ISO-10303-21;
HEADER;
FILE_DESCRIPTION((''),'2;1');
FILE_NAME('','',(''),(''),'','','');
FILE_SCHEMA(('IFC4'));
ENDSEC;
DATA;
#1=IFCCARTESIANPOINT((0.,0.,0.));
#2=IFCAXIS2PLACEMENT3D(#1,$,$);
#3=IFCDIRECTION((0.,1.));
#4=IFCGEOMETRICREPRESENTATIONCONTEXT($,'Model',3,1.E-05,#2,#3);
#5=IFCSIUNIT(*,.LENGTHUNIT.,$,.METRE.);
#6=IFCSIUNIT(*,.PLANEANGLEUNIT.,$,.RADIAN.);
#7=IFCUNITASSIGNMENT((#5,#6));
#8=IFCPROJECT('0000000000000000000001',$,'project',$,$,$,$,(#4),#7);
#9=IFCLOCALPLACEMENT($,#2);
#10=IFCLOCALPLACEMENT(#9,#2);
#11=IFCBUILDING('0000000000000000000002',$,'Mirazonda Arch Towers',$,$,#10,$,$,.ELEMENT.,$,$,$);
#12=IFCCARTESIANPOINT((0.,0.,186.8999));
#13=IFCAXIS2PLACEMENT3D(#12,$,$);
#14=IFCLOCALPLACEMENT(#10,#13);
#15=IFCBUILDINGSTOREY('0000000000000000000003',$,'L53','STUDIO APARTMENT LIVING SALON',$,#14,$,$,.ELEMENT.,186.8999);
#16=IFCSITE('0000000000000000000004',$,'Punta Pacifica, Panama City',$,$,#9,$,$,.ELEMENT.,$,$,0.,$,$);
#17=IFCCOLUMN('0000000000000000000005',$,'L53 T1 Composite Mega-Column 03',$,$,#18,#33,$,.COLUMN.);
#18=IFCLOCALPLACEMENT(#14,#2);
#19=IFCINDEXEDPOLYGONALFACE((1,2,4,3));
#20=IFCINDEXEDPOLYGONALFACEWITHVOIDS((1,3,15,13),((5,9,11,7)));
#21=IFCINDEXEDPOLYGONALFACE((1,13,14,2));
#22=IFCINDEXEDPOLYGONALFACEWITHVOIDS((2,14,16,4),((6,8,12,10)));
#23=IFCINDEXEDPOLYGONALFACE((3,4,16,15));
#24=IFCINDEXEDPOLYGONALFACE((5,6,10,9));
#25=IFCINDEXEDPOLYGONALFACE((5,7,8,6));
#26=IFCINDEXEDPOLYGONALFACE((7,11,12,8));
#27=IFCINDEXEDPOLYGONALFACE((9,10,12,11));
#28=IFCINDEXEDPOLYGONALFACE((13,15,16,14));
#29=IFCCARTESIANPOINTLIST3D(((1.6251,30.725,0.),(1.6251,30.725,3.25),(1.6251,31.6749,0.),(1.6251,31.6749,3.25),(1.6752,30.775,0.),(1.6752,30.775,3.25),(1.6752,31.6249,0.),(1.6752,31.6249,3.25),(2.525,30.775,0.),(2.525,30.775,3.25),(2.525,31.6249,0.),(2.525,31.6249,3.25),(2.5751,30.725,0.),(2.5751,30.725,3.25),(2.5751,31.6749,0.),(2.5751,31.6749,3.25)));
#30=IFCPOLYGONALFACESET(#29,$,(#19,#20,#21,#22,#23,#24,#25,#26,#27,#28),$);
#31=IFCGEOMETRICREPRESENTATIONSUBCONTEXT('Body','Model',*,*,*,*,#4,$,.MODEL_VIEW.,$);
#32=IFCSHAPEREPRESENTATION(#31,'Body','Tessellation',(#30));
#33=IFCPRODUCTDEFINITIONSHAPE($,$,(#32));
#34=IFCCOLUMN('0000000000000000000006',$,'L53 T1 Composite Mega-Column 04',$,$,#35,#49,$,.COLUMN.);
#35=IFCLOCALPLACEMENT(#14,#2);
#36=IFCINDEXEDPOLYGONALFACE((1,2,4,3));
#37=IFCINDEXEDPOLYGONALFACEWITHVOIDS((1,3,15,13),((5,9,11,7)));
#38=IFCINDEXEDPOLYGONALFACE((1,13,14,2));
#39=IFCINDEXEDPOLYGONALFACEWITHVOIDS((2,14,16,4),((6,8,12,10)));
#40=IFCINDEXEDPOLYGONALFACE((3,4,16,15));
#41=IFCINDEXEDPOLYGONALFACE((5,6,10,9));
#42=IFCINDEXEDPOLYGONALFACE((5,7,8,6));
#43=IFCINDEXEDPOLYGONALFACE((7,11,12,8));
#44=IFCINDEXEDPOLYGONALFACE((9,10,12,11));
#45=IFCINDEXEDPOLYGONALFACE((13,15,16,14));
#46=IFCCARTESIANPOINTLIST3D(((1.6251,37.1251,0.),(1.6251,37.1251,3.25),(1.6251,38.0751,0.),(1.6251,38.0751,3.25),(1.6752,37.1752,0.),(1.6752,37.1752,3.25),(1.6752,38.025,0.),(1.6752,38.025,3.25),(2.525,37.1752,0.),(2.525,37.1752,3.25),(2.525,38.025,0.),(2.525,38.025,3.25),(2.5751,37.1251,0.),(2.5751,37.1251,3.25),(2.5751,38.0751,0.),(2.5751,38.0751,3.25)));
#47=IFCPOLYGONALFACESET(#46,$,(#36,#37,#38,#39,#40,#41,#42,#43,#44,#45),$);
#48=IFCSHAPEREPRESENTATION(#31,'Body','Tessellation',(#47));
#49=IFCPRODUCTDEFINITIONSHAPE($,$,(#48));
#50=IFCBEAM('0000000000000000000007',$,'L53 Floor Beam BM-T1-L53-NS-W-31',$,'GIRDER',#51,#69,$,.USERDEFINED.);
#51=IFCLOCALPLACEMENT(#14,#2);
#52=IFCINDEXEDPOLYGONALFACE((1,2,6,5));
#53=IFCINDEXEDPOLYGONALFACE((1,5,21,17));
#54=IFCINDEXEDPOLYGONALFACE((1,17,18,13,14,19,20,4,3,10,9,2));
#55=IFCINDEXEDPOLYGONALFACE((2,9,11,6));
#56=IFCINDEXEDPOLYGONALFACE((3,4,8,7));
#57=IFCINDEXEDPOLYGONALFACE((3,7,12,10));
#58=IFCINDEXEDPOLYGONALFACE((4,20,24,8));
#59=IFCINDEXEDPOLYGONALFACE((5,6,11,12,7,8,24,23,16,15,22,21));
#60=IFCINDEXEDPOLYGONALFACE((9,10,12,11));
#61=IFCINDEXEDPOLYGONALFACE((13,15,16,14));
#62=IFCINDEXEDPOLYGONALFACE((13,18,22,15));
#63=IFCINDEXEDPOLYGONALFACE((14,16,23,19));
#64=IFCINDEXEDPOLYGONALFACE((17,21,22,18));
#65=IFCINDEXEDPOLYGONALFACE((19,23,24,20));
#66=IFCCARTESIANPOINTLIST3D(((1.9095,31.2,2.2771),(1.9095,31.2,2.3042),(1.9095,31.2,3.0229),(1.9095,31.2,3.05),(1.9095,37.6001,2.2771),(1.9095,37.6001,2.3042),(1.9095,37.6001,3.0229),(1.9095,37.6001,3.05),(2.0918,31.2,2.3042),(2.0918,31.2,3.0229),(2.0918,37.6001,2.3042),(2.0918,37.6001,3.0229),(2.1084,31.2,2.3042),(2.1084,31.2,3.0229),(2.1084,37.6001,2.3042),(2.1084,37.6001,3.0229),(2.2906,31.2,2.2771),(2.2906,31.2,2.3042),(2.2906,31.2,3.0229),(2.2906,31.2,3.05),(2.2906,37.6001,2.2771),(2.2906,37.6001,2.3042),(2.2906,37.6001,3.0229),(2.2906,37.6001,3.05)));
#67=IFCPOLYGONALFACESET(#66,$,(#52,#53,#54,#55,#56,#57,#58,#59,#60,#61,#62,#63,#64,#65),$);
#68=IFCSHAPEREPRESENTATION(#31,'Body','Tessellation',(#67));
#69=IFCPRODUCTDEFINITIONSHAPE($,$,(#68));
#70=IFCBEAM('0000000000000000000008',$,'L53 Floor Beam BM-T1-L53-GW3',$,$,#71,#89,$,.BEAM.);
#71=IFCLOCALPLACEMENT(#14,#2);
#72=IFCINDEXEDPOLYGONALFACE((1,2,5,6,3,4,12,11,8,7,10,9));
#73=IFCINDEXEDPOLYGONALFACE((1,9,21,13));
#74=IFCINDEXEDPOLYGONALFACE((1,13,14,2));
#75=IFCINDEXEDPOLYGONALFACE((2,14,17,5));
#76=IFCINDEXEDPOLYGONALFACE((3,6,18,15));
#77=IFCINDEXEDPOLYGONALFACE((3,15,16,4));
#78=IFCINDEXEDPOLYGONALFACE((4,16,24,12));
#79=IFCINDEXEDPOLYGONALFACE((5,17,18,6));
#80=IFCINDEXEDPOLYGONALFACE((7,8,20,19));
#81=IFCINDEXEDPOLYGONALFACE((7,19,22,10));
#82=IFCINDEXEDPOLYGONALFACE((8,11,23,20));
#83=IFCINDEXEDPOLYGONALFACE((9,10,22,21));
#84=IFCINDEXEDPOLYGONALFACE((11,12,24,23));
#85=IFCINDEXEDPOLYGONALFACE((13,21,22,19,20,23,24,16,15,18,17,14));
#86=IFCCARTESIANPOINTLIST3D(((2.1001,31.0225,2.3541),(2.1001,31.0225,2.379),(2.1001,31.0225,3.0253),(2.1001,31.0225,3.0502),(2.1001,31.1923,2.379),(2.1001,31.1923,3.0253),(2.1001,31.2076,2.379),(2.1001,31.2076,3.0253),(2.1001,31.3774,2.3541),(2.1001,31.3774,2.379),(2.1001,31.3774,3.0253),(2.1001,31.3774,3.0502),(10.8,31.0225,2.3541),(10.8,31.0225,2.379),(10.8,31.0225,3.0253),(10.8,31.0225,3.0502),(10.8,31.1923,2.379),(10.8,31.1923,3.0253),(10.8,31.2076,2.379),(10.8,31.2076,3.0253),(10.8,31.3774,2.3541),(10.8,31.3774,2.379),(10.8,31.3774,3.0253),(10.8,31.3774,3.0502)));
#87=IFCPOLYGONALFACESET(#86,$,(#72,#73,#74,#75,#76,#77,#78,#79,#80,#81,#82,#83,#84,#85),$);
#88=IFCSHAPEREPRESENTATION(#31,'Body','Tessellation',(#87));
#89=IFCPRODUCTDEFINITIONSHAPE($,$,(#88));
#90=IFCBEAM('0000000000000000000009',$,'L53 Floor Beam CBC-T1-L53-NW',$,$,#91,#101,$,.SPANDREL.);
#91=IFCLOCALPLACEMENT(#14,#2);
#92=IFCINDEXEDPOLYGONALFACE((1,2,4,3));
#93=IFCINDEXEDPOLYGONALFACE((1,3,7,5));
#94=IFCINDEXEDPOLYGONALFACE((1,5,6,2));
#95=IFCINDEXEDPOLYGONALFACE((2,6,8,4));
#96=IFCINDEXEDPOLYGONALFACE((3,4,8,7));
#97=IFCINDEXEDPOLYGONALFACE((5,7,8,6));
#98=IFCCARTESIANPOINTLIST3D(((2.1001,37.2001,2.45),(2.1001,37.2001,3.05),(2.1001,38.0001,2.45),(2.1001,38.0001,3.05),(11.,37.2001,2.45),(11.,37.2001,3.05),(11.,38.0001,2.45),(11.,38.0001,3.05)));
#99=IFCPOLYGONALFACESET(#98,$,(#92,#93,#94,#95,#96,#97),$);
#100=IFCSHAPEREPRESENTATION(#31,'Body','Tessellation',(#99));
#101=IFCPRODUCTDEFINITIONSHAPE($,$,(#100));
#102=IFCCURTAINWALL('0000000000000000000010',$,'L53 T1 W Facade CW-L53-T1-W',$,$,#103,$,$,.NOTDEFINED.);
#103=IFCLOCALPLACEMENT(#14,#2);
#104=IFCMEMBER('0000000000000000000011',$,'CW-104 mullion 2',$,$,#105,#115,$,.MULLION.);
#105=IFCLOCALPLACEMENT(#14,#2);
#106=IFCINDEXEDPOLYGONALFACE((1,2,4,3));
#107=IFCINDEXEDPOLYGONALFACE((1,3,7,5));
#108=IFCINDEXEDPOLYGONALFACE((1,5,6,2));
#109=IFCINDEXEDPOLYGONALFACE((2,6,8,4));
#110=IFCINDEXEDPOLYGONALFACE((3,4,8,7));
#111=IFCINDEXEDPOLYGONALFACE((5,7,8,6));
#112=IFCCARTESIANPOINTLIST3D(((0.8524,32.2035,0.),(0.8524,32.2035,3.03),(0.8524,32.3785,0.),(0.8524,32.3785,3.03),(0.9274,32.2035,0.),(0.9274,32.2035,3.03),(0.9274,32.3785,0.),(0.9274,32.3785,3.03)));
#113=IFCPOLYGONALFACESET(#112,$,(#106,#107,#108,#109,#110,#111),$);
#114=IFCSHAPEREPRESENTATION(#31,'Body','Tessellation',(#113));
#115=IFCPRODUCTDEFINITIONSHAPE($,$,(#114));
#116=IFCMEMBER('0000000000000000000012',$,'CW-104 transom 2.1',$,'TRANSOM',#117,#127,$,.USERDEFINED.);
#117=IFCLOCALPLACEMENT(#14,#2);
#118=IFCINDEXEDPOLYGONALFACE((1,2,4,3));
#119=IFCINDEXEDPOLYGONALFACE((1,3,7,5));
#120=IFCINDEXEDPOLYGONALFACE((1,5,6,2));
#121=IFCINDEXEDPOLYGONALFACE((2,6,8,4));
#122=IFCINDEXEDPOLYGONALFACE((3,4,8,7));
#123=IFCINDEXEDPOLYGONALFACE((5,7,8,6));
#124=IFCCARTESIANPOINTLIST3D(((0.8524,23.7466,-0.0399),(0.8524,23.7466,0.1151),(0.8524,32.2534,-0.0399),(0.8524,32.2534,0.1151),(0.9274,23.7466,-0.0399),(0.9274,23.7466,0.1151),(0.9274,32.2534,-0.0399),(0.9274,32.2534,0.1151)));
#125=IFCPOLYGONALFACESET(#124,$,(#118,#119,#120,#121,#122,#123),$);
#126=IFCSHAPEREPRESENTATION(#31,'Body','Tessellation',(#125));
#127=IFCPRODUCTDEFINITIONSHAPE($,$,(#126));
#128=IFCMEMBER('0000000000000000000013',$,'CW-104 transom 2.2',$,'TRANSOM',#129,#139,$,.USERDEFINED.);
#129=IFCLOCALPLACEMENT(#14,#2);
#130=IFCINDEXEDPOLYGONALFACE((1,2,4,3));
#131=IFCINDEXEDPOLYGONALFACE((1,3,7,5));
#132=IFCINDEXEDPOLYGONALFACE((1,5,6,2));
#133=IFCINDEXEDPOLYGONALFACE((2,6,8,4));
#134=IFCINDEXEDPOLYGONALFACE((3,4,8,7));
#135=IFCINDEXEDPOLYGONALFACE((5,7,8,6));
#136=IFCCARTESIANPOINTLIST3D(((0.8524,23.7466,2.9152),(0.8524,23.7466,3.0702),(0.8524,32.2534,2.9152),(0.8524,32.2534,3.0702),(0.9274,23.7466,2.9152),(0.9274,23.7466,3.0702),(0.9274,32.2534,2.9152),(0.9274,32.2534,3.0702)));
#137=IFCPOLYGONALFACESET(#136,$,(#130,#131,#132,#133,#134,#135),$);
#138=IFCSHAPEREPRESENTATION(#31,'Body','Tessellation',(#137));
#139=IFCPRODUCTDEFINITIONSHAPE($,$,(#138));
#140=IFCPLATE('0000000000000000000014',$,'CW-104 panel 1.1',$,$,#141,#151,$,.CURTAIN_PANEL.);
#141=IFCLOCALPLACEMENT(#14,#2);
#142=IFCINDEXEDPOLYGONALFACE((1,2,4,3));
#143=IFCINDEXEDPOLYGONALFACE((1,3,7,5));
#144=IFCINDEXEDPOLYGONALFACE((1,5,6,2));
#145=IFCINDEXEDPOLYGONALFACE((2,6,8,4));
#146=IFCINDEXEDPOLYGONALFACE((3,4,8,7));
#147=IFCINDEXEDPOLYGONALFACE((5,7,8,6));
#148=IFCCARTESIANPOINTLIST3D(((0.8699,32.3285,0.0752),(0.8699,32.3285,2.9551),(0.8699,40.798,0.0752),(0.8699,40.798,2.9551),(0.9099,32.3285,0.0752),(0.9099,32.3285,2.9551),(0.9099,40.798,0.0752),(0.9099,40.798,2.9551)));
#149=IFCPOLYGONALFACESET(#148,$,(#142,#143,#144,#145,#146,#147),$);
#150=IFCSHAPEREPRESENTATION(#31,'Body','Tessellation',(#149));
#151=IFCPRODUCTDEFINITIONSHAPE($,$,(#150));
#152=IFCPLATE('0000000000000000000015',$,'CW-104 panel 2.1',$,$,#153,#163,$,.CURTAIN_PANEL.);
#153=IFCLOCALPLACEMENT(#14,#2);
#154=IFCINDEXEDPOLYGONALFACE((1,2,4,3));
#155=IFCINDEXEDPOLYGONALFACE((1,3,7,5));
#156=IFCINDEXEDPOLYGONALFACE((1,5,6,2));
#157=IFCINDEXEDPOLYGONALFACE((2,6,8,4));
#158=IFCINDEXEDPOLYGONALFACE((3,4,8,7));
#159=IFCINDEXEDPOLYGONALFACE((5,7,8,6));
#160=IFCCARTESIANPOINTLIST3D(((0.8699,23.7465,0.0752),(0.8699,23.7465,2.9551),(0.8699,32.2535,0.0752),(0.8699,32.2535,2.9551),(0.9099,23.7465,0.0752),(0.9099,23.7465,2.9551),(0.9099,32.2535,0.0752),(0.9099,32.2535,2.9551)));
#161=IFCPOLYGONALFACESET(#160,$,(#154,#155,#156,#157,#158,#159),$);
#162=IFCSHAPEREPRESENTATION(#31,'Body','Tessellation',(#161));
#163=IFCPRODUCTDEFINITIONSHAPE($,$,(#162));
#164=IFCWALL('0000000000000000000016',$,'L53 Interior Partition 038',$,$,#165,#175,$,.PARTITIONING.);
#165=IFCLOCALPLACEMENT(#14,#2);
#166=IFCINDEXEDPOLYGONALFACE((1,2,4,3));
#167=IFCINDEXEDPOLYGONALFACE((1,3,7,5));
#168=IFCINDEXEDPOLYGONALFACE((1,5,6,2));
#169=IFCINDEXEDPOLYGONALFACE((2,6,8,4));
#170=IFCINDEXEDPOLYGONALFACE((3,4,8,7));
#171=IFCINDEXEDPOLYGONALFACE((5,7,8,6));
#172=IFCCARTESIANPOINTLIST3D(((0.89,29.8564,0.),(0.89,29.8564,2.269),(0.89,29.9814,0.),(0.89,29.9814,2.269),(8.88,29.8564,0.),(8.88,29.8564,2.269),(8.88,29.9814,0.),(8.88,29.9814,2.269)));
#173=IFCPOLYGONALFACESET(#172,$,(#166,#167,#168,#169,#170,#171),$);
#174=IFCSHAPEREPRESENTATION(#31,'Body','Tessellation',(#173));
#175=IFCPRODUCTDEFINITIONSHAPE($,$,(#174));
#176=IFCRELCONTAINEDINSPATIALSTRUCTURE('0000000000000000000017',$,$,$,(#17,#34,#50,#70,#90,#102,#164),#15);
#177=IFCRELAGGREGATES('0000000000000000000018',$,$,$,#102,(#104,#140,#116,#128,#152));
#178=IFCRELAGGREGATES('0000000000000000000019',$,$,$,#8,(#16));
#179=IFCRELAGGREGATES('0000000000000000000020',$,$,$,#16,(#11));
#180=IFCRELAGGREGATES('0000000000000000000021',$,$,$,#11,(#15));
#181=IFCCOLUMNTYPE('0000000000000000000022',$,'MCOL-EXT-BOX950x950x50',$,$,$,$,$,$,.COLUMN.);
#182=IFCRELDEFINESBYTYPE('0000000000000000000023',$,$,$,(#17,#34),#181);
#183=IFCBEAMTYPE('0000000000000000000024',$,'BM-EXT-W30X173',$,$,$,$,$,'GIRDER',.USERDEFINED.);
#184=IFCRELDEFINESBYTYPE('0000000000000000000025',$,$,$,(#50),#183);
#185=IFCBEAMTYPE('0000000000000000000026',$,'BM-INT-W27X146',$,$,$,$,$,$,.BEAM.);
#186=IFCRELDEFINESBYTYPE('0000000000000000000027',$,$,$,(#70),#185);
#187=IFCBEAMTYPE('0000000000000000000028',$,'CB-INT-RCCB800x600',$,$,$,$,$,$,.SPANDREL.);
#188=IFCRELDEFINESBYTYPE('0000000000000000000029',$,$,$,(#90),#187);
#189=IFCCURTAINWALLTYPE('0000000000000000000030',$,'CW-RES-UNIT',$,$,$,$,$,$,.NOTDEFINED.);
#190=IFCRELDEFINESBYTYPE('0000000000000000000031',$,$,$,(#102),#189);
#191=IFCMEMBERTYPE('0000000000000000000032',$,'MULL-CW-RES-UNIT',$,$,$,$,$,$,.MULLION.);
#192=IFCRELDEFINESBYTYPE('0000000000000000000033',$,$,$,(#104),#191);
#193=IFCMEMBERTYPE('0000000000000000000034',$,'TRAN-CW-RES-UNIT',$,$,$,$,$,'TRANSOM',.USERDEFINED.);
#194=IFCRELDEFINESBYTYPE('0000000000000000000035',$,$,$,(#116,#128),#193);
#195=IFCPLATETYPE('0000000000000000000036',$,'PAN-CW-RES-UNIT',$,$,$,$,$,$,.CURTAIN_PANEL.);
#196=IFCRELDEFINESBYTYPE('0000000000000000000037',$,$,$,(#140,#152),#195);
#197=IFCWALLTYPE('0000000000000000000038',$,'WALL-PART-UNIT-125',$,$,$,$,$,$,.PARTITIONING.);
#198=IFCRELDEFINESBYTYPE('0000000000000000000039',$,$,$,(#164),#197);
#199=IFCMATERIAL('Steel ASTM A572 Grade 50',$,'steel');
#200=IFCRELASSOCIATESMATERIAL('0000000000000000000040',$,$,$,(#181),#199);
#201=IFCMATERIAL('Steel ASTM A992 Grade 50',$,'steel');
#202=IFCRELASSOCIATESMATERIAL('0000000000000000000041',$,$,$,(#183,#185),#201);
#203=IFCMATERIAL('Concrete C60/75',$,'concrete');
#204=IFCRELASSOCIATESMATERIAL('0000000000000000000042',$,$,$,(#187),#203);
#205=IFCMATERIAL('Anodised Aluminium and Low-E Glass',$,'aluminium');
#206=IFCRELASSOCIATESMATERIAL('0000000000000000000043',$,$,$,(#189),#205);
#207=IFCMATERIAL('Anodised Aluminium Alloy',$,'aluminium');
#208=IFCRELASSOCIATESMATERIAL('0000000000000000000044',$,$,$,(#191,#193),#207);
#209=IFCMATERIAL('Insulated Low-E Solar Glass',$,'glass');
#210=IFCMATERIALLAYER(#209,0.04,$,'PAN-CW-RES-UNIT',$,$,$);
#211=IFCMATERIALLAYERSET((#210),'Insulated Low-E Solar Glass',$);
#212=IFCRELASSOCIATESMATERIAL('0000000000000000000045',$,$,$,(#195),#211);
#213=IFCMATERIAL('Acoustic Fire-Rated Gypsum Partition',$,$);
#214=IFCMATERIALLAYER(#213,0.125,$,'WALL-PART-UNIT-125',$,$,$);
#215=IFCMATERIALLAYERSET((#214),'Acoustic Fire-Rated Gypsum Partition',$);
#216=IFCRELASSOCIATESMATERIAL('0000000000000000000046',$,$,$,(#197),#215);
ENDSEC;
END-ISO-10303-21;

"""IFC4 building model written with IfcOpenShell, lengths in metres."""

from ifc_helpers import new_model, si_unit, direction, frame, frame_2d, origin, origin_2d, place, context, subcontext, project, spatial, rectangle, hollow_rectangle, i_section, extrude, material, layer, layer_set, material_profile, profile_set, type_object, element, aggregate, save


model = new_model("IFC4")

# Units and contexts
model_context = context("Model", 3, precision=1e-05, world=origin(), true_north=direction((0.0, 1.0)))
body_context = subcontext(model_context, "Body", "Model", "MODEL_VIEW")
ifc_project = project(units=[si_unit("LENGTHUNIT", "METRE"), si_unit("PLANEANGLEUNIT", "RADIAN")], contexts=[model_context])

# Site, building, storey
site_placement = place(None, origin())
site = spatial("IfcSite", under=ifc_project, at=site_placement, Name="Punta Pacifica, Panama City", CompositionType="ELEMENT", RefElevation=0.0)
building_placement = place(site_placement, origin())
building = spatial("IfcBuilding", under=site, at=building_placement, Name="Mirazonda Arch Towers", CompositionType="ELEMENT")
storey_placement = place(building_placement, frame((0.0, 0.0, 186.8999)))
storey = spatial("IfcBuildingStorey", under=building, at=storey_placement, Name="L53", Description="STUDIO APARTMENT LIVING SALON", CompositionType="ELEMENT", Elevation=186.8999)

# Columns
ifc_material_1 = material(Name="Steel ASTM A572 Grade 50", Category="steel")
ifc_material_profile_1 = material_profile(ifc_material_1, hollow_rectangle(XDim=0.95, YDim=0.95, WallThickness=0.05, at=origin_2d()), Name="BOX950x950x50")
ifc_profile_set_1 = profile_set([ifc_material_profile_1], Name="Steel ASTM A572 Grade 50")
column_type = type_object("IfcColumnType", Name="MCOL-EXT-BOX950x950x50", PredefinedType="COLUMN", material=ifc_profile_set_1)
for number, where, z_axis, x_axis, name in (
    (1, (2.1001, 31.2, 0.0), (0.0, 0.0, 1.0), (1.0, 0.0, 0.0), "L53 T1 Composite Mega-Column 03"),
    (2, (2.1001, 37.6001, 0.0), (0.0, 0.0, 1.0), (1.0, 0.0, 0.0), "L53 T1 Composite Mega-Column 04"),
):
    element("IfcColumn", number, at=place(storey_placement, frame(where, z_axis=z_axis, x_axis=x_axis)), inside=storey, type_object=column_type, Name=name, PredefinedType="COLUMN", context=body_context, shape_type="SweptSolid", body=[
        extrude(hollow_rectangle(XDim=0.95, YDim=0.95, WallThickness=0.05, at=origin_2d()), origin(), (0.0, 0.0, 1.0), 3.25),
    ])

# Beams
ifc_material_2 = material(Name="Steel ASTM A992 Grade 50", Category="steel")
ifc_material_profile_2 = material_profile(ifc_material_2, i_section(OverallWidth=0.3811, OverallDepth=0.7729, WebThickness=0.0166, FlangeThickness=0.0271, at=origin_2d()), Name="W30X173")
ifc_profile_set_2 = profile_set([ifc_material_profile_2], Name="Steel ASTM A992 Grade 50")
beam_type_1 = type_object("IfcBeamType", Name="BM-EXT-W30X173", ElementType="GIRDER", PredefinedType="USERDEFINED", material=ifc_profile_set_2)
beam_1_placement = place(storey_placement, frame((2.1001, 31.2, 2.6636), z_axis=(0.0, 1.0, 0.0), x_axis=(-1.0, 0.0, 0.0)))
element("IfcBeam", 3, at=beam_1_placement, inside=storey, type_object=beam_type_1, Name="L53 Floor Beam BM-T1-L53-NS-W-31", ObjectType="GIRDER", PredefinedType="USERDEFINED", context=body_context, shape_type="SweptSolid", body=[
    extrude(i_section(OverallWidth=0.3811, OverallDepth=0.7729, WebThickness=0.0166, FlangeThickness=0.0271, at=origin_2d()), origin(), (0.0, 0.0, 1.0), 6.4001),
])
ifc_material_profile_3 = material_profile(ifc_material_2, i_section(OverallWidth=0.355, OverallDepth=0.696, WebThickness=0.0154, FlangeThickness=0.0249, at=origin_2d()), Name="W27X146")
ifc_profile_set_3 = profile_set([ifc_material_profile_3], Name="Steel ASTM A992 Grade 50")
beam_type_2 = type_object("IfcBeamType", Name="BM-INT-W27X146", PredefinedType="BEAM", material=ifc_profile_set_3)
beam_2_placement = place(storey_placement, frame((2.1001, 31.2, 2.7021), z_axis=(1.0, 0.0, 0.0), x_axis=(0.0, 1.0, 0.0)))
element("IfcBeam", 4, at=beam_2_placement, inside=storey, type_object=beam_type_2, Name="L53 Floor Beam BM-T1-L53-GW3", PredefinedType="BEAM", context=body_context, shape_type="SweptSolid", body=[
    extrude(i_section(OverallWidth=0.355, OverallDepth=0.696, WebThickness=0.0154, FlangeThickness=0.0249, at=origin_2d()), origin(), (0.0, 0.0, 1.0), 8.7),
])
ifc_material_3 = material(Name="Concrete C60/75", Category="concrete")
ifc_material_profile_4 = material_profile(ifc_material_3, rectangle(XDim=0.8, YDim=0.6001, at=origin_2d()), Name="RCCB800x600")
ifc_profile_set_4 = profile_set([ifc_material_profile_4], Name="Concrete C60/75")
beam_type_3 = type_object("IfcBeamType", Name="CB-INT-RCCB800x600", PredefinedType="SPANDREL", material=ifc_profile_set_4)
beam_3_placement = place(storey_placement, frame((2.1001, 37.6001, 2.75), z_axis=(1.0, 0.0, 0.0), x_axis=(0.0, 1.0, 0.0)))
element("IfcBeam", 5, at=beam_3_placement, inside=storey, type_object=beam_type_3, Name="L53 Floor Beam CBC-T1-L53-NW", PredefinedType="SPANDREL", context=body_context, shape_type="SweptSolid", body=[
    extrude(rectangle(XDim=0.8, YDim=0.6001, at=origin_2d()), origin(), (0.0, 0.0, 1.0), 8.8999),
])

# Curtain wall, members, plates
ifc_material_4 = material(Name="Anodised Aluminium and Low-E Glass", Category="aluminium")
curtain_wall_type = type_object("IfcCurtainWallType", Name="CW-RES-UNIT", PredefinedType="NOTDEFINED", material=ifc_material_4)
curtain_wall_placement = place(storey_placement, origin())
curtain_wall = element("IfcCurtainWall", 6, at=curtain_wall_placement, inside=storey, type_object=curtain_wall_type, Name="L53 T1 W Facade CW-L53-T1-W", PredefinedType="NOTDEFINED")
ifc_material_5 = material(Name="Anodised Aluminium Alloy", Category="aluminium")
ifc_material_profile_5 = material_profile(ifc_material_5, rectangle(XDim=0.075, YDim=0.175, at=origin_2d()), Name="ALU-MULL-75x175")
ifc_profile_set_5 = profile_set([ifc_material_profile_5], Name="Anodised Aluminium Alloy")
member_type_1 = type_object("IfcMemberType", Name="MULL-CW-RES-UNIT", PredefinedType="MULLION", material=ifc_profile_set_5)
member_1_placement = place(storey_placement, frame((0.8899, 32.291, 0.0), z_axis=(0.0, 0.0, 1.0), x_axis=(1.0, 0.0, 0.0)))
member_1 = element("IfcMember", 7, at=member_1_placement, type_object=member_type_1, Name="CW-104 mullion 2", PredefinedType="MULLION", context=body_context, shape_type="SweptSolid", body=[
    extrude(rectangle(XDim=0.075, YDim=0.175, at=origin_2d()), origin(), (0.0, 0.0, 1.0), 3.03),
])
ifc_material_profile_6 = material_profile(ifc_material_5, rectangle(XDim=0.075, YDim=0.155, at=origin_2d()), Name="ALU-TRAN-75x155")
ifc_profile_set_6 = profile_set([ifc_material_profile_6], Name="Anodised Aluminium Alloy")
member_type_2 = type_object("IfcMemberType", Name="TRAN-CW-RES-UNIT", ElementType="TRANSOM", PredefinedType="USERDEFINED", material=ifc_profile_set_6)
member_2_placement = place(storey_placement, frame((0.8899, 32.2534, 0.0376), z_axis=(0.0, -1.0, 0.0), x_axis=(1.0, 0.0, 0.0)))
member_2 = element("IfcMember", 8, at=member_2_placement, type_object=member_type_2, Name="CW-104 transom 2.1", ObjectType="TRANSOM", PredefinedType="USERDEFINED", context=body_context, shape_type="SweptSolid", body=[
    extrude(rectangle(XDim=0.075, YDim=0.155, at=origin_2d()), origin(), (0.0, 0.0, 1.0), 8.5068),
])
member_3_placement = place(storey_placement, frame((0.8899, 32.2534, 2.9927), z_axis=(0.0, -1.0, 0.0), x_axis=(1.0, 0.0, 0.0)))
member_3 = element("IfcMember", 9, at=member_3_placement, type_object=member_type_2, Name="CW-104 transom 2.2", ObjectType="TRANSOM", PredefinedType="USERDEFINED", context=body_context, shape_type="SweptSolid", body=[
    extrude(rectangle(XDim=0.075, YDim=0.155, at=origin_2d()), origin(), (0.0, 0.0, 1.0), 8.5068),
])
ifc_material_6 = material(Name="Insulated Low-E Solar Glass", Category="glass")
ifc_layer_1 = layer(ifc_material_6, 0.04, Name="PAN-CW-RES-UNIT")
ifc_layer_set_1 = layer_set([ifc_layer_1], Name="Insulated Low-E Solar Glass")
plate_type = type_object("IfcPlateType", Name="PAN-CW-RES-UNIT", PredefinedType="CURTAIN_PANEL", material=ifc_layer_set_1)
plate_1_placement = place(storey_placement, frame((0.8899, 36.5632, 0.0752), z_axis=(0.0, 0.0, 1.0), x_axis=(0.0, -1.0, 0.0)))
plate_1 = element("IfcPlate", 10, at=plate_1_placement, type_object=plate_type, Name="CW-104 panel 1.1", PredefinedType="CURTAIN_PANEL", context=body_context, shape_type="SweptSolid", body=[
    extrude(rectangle(XDim=8.4695, YDim=0.04, at=origin_2d()), origin(), (0.0, 0.0, 1.0), 2.8799),
])
plate_2_placement = place(storey_placement, frame((0.8899, 28.0, 0.0752), z_axis=(0.0, 0.0, 1.0), x_axis=(0.0, -1.0, 0.0)))
plate_2 = element("IfcPlate", 11, at=plate_2_placement, type_object=plate_type, Name="CW-104 panel 2.1", PredefinedType="CURTAIN_PANEL", context=body_context, shape_type="SweptSolid", body=[
    extrude(rectangle(XDim=8.5071, YDim=0.04, at=origin_2d()), origin(), (0.0, 0.0, 1.0), 2.8799),
])
aggregate(curtain_wall, [member_1, plate_1, member_2, member_3, plate_2])

# Wall
ifc_material_7 = material(Name="Acoustic Fire-Rated Gypsum Partition")
ifc_layer_2 = layer(ifc_material_7, 0.125, Name="WALL-PART-UNIT-125")
ifc_layer_set_2 = layer_set([ifc_layer_2], Name="Acoustic Fire-Rated Gypsum Partition")
wall_type_1 = type_object("IfcWallType", Name="WALL-PART-UNIT-125", PredefinedType="PARTITIONING", material=ifc_layer_set_2)
wall_1_placement = place(storey_placement, frame((0.8899, 29.9189, 0.0), z_axis=(0.0, 0.0, 1.0), x_axis=(1.0, 0.0, 0.0)))
element("IfcWall", 12, at=wall_1_placement, inside=storey, type_object=wall_type_1, Name="L53 Interior Partition 038", PredefinedType="PARTITIONING", context=body_context, shape_type="SweptSolid", body=[
    extrude(rectangle(XDim=7.99, YDim=0.125, at=frame_2d((3.9951, 0.0))), origin(), (0.0, 0.0, 1.0), 2.269),
])

save(model, "model.ifc")
